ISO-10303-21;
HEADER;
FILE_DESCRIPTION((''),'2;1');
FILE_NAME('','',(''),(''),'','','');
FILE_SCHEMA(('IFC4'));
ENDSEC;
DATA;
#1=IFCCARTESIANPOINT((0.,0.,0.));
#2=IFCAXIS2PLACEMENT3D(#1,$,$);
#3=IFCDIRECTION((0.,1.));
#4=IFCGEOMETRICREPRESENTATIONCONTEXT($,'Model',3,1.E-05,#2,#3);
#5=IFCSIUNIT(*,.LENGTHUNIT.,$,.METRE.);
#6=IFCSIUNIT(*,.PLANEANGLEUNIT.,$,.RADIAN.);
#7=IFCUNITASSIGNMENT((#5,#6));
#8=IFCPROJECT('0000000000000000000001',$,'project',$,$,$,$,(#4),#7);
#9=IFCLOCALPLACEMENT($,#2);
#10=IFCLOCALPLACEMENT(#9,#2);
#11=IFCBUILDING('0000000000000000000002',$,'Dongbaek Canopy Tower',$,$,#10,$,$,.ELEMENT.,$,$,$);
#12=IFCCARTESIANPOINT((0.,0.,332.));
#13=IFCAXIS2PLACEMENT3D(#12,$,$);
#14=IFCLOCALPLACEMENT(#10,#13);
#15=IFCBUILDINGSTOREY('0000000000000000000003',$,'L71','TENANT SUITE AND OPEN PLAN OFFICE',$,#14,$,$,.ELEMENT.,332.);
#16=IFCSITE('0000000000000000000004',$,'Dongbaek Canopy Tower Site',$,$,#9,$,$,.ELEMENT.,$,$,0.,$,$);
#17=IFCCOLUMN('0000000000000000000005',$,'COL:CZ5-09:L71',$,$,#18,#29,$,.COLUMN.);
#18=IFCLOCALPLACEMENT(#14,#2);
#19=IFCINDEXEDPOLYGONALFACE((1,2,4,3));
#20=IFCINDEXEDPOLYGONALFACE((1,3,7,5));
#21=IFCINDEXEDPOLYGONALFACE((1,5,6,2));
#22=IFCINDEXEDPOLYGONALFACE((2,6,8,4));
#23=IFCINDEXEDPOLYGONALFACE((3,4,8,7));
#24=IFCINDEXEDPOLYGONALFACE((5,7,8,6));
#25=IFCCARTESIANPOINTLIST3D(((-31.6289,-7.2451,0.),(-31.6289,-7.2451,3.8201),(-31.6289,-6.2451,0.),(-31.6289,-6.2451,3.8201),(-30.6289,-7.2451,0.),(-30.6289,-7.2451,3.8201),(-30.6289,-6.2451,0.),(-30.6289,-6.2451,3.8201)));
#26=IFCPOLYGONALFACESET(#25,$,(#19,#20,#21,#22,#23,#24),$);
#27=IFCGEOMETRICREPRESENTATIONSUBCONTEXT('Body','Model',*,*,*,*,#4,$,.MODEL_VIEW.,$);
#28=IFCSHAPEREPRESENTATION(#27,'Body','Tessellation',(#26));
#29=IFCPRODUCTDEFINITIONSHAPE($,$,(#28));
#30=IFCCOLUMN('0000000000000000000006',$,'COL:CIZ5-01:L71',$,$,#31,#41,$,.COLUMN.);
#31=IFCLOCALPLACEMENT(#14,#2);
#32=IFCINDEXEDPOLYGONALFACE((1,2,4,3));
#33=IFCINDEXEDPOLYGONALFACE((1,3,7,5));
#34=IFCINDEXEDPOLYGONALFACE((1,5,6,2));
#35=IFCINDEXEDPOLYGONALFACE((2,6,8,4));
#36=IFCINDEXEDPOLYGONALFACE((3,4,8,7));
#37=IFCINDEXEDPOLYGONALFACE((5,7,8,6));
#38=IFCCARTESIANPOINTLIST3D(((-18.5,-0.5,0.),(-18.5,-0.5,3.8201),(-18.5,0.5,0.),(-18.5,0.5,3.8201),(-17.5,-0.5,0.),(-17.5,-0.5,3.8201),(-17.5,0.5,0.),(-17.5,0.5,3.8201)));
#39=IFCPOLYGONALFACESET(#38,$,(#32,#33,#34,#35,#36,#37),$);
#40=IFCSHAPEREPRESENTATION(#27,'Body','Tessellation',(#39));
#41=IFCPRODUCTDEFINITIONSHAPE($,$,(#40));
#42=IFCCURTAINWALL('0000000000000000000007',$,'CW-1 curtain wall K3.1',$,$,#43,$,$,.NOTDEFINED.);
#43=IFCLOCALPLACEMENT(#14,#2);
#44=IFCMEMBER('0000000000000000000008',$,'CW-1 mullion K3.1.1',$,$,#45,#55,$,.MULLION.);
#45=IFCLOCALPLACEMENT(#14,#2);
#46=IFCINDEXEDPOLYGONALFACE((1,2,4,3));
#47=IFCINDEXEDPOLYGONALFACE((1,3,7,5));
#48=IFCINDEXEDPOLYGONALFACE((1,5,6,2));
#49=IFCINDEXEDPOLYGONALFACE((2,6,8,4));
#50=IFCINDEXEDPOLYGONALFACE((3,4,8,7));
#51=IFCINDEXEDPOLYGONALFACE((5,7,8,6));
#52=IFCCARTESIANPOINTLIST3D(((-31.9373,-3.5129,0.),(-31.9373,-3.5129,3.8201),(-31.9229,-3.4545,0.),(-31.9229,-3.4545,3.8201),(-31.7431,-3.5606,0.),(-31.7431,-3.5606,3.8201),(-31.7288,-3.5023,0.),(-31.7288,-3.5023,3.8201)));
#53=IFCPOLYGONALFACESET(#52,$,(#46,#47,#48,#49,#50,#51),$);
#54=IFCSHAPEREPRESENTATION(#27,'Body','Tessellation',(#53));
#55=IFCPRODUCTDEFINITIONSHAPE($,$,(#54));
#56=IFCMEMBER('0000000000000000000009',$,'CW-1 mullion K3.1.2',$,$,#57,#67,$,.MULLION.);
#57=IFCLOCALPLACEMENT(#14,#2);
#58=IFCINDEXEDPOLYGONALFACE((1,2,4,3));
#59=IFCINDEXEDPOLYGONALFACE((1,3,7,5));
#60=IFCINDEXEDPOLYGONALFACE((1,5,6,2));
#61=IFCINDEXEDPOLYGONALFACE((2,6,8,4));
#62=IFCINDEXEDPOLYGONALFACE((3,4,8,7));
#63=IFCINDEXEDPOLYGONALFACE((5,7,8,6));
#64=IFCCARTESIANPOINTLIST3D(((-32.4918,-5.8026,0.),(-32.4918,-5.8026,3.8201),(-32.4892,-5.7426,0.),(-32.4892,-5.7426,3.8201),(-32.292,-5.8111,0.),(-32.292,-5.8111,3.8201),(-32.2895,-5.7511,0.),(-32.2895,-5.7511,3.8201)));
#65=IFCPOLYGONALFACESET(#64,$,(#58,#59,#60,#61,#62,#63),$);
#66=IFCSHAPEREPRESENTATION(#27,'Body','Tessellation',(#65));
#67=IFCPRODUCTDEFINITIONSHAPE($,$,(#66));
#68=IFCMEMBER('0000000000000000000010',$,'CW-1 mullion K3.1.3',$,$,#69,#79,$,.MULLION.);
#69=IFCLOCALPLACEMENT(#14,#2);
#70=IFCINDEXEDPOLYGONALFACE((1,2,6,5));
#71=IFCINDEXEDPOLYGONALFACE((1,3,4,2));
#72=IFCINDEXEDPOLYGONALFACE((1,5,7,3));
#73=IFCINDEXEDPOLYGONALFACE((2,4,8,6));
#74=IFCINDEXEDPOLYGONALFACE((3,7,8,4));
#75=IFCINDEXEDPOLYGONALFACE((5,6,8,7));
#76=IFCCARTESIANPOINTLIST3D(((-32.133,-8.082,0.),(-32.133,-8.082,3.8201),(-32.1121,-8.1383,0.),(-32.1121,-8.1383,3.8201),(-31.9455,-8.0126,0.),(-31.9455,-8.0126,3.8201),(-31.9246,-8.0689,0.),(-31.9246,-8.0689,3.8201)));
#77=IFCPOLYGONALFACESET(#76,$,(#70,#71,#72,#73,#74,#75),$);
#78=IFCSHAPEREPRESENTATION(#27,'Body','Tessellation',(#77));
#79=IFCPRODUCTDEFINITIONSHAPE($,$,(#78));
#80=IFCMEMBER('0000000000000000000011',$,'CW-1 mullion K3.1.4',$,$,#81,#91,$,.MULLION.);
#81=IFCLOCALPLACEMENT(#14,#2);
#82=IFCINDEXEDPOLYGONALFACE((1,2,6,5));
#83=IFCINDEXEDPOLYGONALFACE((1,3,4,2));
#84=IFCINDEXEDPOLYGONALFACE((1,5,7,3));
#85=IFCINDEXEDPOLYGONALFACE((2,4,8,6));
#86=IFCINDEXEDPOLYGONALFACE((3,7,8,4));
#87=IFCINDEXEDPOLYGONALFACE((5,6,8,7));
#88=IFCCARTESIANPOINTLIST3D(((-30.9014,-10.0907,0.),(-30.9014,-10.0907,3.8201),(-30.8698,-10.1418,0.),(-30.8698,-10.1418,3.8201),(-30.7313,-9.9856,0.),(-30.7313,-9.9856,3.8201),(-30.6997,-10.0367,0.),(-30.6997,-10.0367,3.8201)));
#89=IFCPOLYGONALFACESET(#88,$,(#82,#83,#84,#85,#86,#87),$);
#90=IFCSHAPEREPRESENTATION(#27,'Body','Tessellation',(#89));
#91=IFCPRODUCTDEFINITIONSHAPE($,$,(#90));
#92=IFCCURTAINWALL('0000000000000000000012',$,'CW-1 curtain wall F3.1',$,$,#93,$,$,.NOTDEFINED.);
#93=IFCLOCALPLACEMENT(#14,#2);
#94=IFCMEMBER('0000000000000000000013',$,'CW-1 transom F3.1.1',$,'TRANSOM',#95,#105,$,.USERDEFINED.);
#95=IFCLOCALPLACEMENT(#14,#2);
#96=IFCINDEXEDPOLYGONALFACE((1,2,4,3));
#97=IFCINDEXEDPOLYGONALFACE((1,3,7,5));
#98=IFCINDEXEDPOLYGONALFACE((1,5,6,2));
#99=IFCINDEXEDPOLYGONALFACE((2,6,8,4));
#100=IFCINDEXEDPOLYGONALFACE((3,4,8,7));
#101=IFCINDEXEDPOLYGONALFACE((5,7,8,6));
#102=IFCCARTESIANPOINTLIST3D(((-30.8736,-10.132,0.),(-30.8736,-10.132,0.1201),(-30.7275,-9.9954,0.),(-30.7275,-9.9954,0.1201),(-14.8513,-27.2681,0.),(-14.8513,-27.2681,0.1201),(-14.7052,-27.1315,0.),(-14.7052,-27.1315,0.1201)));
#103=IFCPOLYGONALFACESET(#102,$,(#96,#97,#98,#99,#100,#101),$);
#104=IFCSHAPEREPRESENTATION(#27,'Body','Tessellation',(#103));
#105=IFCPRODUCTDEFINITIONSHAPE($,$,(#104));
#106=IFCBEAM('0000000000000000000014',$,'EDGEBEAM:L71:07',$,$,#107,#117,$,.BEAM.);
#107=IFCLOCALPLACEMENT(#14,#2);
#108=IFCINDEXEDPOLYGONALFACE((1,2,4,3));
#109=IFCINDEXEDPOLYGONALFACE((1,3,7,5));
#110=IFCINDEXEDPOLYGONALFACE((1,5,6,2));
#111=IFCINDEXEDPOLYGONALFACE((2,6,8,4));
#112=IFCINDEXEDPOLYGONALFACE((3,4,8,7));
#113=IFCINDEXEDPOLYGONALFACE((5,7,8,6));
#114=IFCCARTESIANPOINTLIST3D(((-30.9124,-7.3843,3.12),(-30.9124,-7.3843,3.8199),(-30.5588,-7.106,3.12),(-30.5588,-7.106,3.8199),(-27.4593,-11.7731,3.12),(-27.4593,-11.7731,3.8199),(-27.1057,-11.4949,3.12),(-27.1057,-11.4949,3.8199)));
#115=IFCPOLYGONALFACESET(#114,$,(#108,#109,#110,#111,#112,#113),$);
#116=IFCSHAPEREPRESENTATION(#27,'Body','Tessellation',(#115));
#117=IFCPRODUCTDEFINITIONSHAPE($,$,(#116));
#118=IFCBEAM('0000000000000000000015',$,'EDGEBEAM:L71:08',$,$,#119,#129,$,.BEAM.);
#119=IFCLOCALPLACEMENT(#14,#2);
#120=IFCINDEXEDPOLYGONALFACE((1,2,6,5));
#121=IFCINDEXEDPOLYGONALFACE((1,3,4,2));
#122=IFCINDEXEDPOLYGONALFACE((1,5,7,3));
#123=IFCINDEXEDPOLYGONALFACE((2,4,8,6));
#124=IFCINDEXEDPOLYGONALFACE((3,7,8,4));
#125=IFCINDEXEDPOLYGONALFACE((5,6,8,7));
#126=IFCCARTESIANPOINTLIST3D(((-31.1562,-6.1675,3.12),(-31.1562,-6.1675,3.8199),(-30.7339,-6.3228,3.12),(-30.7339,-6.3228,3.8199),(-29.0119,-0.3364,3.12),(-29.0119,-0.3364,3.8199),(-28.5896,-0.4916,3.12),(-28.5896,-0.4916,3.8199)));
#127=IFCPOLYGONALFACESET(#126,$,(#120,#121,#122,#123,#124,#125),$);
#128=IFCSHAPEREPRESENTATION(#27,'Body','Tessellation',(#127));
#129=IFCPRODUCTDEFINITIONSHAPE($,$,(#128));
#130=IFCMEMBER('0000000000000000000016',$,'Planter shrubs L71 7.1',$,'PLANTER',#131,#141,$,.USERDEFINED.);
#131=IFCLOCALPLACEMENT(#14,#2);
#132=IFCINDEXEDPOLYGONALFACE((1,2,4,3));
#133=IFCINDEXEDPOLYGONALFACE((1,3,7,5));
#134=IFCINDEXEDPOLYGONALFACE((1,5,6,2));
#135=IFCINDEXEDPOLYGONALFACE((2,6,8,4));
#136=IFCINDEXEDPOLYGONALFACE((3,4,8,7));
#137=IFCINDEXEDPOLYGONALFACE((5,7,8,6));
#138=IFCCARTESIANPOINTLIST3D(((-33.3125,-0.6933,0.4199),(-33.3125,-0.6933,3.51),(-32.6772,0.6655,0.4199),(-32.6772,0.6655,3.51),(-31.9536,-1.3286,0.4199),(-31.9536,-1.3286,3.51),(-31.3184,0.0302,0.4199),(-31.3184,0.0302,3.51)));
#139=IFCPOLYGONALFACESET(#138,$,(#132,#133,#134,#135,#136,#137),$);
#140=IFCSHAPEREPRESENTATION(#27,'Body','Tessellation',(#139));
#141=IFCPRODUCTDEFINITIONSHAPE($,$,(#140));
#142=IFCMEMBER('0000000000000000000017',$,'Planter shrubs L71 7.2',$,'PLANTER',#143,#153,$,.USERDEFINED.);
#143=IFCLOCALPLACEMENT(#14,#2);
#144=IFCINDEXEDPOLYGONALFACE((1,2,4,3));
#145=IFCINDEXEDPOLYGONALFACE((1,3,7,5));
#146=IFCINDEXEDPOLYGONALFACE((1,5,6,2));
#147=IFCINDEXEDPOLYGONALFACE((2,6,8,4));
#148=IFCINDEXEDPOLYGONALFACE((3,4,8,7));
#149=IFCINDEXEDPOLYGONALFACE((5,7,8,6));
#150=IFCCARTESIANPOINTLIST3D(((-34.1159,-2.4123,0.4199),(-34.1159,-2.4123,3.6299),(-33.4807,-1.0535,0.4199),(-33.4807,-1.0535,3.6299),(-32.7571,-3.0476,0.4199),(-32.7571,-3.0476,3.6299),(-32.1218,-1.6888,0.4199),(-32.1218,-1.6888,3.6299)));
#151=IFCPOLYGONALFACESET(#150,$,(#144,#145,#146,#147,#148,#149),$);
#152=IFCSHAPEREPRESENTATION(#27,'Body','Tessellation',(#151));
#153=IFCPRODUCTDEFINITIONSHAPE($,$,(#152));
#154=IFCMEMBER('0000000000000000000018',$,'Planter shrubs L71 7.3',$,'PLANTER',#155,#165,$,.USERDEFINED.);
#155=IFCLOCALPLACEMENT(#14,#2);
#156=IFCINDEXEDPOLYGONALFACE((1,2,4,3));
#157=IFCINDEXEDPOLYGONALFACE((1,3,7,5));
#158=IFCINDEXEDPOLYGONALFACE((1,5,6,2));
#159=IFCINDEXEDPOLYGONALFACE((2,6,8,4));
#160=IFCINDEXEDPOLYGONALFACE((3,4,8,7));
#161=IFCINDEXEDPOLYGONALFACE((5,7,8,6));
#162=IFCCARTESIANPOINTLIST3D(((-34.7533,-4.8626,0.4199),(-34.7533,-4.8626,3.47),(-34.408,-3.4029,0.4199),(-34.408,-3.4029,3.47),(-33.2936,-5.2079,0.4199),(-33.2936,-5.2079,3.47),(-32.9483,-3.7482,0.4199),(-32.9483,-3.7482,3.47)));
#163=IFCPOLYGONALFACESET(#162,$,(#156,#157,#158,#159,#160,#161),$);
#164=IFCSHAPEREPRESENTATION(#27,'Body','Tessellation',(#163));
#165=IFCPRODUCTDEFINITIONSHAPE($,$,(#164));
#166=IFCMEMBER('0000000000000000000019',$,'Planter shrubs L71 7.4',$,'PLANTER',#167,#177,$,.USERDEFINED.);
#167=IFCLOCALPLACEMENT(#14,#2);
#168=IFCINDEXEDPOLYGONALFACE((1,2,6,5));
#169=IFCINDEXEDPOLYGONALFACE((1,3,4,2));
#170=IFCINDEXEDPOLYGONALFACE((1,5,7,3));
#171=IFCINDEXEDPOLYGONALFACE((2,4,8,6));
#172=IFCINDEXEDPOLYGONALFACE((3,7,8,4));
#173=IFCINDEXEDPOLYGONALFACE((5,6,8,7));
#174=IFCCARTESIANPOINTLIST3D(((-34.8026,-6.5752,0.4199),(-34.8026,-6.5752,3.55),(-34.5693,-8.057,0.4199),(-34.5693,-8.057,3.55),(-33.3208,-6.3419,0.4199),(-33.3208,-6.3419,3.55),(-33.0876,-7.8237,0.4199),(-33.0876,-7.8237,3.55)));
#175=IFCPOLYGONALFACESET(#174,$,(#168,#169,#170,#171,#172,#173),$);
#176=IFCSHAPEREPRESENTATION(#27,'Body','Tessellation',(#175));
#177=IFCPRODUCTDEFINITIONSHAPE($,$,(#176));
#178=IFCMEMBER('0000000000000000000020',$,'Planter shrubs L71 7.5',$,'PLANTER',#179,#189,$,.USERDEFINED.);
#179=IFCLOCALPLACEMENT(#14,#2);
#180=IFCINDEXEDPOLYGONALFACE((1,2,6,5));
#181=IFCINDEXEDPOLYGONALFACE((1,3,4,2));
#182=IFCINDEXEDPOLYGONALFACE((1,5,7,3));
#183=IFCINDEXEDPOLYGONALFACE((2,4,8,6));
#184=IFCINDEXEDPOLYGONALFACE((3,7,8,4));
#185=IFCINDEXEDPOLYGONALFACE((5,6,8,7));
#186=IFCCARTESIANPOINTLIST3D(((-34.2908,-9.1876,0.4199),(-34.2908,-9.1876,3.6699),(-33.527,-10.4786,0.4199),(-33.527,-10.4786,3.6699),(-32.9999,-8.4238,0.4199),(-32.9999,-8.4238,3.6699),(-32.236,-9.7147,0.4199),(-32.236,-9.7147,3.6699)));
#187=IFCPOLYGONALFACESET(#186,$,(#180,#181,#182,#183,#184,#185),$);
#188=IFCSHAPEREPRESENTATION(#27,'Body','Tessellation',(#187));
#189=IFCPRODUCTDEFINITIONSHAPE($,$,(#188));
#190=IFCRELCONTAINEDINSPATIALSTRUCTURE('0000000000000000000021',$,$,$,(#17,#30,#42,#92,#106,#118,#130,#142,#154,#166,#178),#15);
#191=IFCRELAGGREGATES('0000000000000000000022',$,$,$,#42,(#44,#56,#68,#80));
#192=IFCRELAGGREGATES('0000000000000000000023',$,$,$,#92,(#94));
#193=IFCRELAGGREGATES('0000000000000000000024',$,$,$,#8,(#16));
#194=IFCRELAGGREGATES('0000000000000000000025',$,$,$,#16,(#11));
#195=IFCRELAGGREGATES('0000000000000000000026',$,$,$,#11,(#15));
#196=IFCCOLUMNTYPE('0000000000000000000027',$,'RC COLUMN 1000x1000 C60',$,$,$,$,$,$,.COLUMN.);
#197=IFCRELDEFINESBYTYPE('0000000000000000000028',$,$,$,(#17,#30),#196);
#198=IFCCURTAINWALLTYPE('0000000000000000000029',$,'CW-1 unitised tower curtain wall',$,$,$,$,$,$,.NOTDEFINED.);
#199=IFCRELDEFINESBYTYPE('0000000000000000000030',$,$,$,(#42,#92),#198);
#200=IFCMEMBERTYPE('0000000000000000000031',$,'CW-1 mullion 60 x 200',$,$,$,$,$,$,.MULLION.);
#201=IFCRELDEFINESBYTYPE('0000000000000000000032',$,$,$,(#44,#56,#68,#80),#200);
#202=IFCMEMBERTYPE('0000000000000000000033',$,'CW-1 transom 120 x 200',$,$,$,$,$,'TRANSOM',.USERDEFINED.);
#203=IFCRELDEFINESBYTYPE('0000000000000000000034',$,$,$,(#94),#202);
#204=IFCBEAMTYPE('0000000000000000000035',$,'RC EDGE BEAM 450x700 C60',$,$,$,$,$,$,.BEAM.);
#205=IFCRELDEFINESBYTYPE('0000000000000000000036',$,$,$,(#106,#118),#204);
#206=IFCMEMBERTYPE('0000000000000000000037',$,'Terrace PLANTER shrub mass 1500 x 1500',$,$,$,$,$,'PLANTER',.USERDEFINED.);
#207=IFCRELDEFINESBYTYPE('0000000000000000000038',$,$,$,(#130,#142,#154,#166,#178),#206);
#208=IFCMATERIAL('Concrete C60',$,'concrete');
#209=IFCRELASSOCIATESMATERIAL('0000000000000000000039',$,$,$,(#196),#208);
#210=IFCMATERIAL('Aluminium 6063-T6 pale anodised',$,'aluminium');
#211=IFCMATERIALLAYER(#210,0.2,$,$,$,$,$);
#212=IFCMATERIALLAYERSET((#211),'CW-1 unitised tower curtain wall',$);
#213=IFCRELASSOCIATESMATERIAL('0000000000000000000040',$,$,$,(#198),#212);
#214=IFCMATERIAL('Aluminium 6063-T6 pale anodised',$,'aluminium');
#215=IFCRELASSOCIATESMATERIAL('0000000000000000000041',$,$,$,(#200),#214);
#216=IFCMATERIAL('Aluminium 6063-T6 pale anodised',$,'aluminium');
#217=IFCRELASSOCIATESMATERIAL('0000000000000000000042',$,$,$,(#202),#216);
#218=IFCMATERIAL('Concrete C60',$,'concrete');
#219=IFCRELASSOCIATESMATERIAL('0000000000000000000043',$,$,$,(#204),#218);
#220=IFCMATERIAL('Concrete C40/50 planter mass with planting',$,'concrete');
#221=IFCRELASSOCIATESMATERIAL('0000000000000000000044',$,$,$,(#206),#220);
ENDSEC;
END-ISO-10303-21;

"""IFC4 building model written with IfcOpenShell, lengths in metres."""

from ifc_helpers import new_model, si_unit, direction, frame, origin, origin_2d, place, context, subcontext, project, spatial, rectangle, extrude, material, layer, layer_set, material_profile, profile_set, type_object, element, aggregate, save


model = new_model("IFC4")

# Units and contexts
model_context = context("Model", 3, precision=1e-05, world=origin(), true_north=direction((0.0, 1.0)))
body_context = subcontext(model_context, "Body", "Model", "MODEL_VIEW")
ifc_project = project(units=[si_unit("LENGTHUNIT", "METRE"), si_unit("PLANEANGLEUNIT", "RADIAN")], contexts=[model_context])

# Site, building, storey
site_placement = place(None, origin())
site = spatial("IfcSite", under=ifc_project, at=site_placement, Name="Dongbaek Canopy Tower Site", CompositionType="ELEMENT", RefElevation=0.0)
building_placement = place(site_placement, origin())
building = spatial("IfcBuilding", under=site, at=building_placement, Name="Dongbaek Canopy Tower", CompositionType="ELEMENT")
storey_placement = place(building_placement, frame((0.0, 0.0, 332.0)))
storey = spatial("IfcBuildingStorey", under=building, at=storey_placement, Name="L71", Description="TENANT SUITE AND OPEN PLAN OFFICE", CompositionType="ELEMENT", Elevation=332.0)

# Columns
ifc_material_1 = material(Name="Concrete C60", Category="concrete")
ifc_material_profile_1 = material_profile(ifc_material_1, rectangle(XDim=1.0, YDim=1.0, at=origin_2d()), Name="RC COLUMN 1000x1000 C60")
ifc_profile_set_1 = profile_set([ifc_material_profile_1], Name="Concrete C60")
column_type = type_object("IfcColumnType", Name="RC COLUMN 1000x1000 C60", PredefinedType="COLUMN", material=ifc_profile_set_1)
for number, where, z_axis, x_axis, name in (
    (1, (-31.1289, -6.7451, 0.0), (0.0, 0.0, 1.0), (1.0, 0.0, 0.0), "COL:CZ5-09:L71"),
    (2, (-18.0, 0.0, 0.0), (0.0, 0.0, 1.0), (1.0, 0.0, 0.0), "COL:CIZ5-01:L71"),
):
    element("IfcColumn", number, at=place(storey_placement, frame(where, z_axis=z_axis, x_axis=x_axis)), inside=storey, type_object=column_type, Name=name, PredefinedType="COLUMN", context=body_context, shape_type="SweptSolid", body=[
        extrude(rectangle(XDim=1.0, YDim=1.0, at=origin_2d()), origin(), (0.0, 0.0, 1.0), 3.8201),
    ])

# Curtain wall, members
ifc_material_2 = material(Name="Aluminium 6063-T6 pale anodised", Category="aluminium")
ifc_layer_1 = layer(ifc_material_2, 0.2)
ifc_layer_set_1 = layer_set([ifc_layer_1], Name="CW-1 unitised tower curtain wall")
curtain_wall_type = type_object("IfcCurtainWallType", Name="CW-1 unitised tower curtain wall", PredefinedType="NOTDEFINED", material=ifc_layer_set_1)
curtain_wall_1_placement = place(storey_placement, origin())
curtain_wall_1 = element("IfcCurtainWall", 3, at=curtain_wall_1_placement, inside=storey, type_object=curtain_wall_type, Name="CW-1 curtain wall K3.1", PredefinedType="NOTDEFINED")
ifc_material_3 = material(Name="Aluminium 6063-T6 pale anodised", Category="aluminium")
ifc_material_profile_2 = material_profile(ifc_material_3, rectangle(XDim=0.2, YDim=0.0601, at=origin_2d()), Name="CW-1 mullion 60 x 200")
ifc_profile_set_2 = profile_set([ifc_material_profile_2], Name="Aluminium 6063-T6 pale anodised")
member_type_1 = type_object("IfcMemberType", Name="CW-1 mullion 60 x 200", PredefinedType="MULLION", material=ifc_profile_set_2)
member_1_placement = place(storey_placement, frame((-31.833, -3.5076, 0.0), z_axis=(0.0, 0.0, 1.0), x_axis=(-0.97111, 0.238632, 0.0)))
member_1 = element("IfcMember", 4, at=member_1_placement, type_object=member_type_1, Name="CW-1 mullion K3.1.1", PredefinedType="MULLION", context=body_context, shape_type="SweptSolid", body=[
    extrude(rectangle(XDim=0.2, YDim=0.0601, at=origin_2d()), origin(), (0.0, 0.0, 1.0), 3.8201),
])
member_2_placement = place(storey_placement, frame((-32.3906, -5.7769, 0.0), z_axis=(0.0, 0.0, 1.0), x_axis=(-0.999101, 0.042386, 0.0)))
member_2 = element("IfcMember", 5, at=member_2_placement, type_object=member_type_1, Name="CW-1 mullion K3.1.2", PredefinedType="MULLION", context=body_context, shape_type="SweptSolid", body=[
    extrude(rectangle(XDim=0.2, YDim=0.0601, at=origin_2d()), origin(), (0.0, 0.0, 1.0), 3.8201),
])
member_3_placement = place(storey_placement, frame((-32.0288, -8.0754, 0.0), z_axis=(0.0, 0.0, 1.0), x_axis=(-0.937745, -0.347325, 0.0)))
member_3 = element("IfcMember", 6, at=member_3_placement, type_object=member_type_1, Name="CW-1 mullion K3.1.3", PredefinedType="MULLION", context=body_context, shape_type="SweptSolid", body=[
    extrude(rectangle(XDim=0.2, YDim=0.0601, at=origin_2d()), origin(), (0.0, 0.0, 1.0), 3.8201),
])
member_4_placement = place(storey_placement, frame((-30.8005, -10.0637, 0.0), z_axis=(0.0, 0.0, 1.0), x_axis=(-0.850808, -0.525476, 0.0)))
member_4 = element("IfcMember", 7, at=member_4_placement, type_object=member_type_1, Name="CW-1 mullion K3.1.4", PredefinedType="MULLION", context=body_context, shape_type="SweptSolid", body=[
    extrude(rectangle(XDim=0.2, YDim=0.0601, at=origin_2d()), origin(), (0.0, 0.0, 1.0), 3.8201),
])

# Curtain wall, member
curtain_wall_2_placement = place(storey_placement, origin())
curtain_wall_2 = element("IfcCurtainWall", 8, at=curtain_wall_2_placement, inside=storey, type_object=curtain_wall_type, Name="CW-1 curtain wall F3.1", PredefinedType="NOTDEFINED")
ifc_material_4 = material(Name="Aluminium 6063-T6 pale anodised", Category="aluminium")
ifc_material_profile_3 = material_profile(ifc_material_4, rectangle(XDim=0.2, YDim=0.1201, at=origin_2d()), Name="CW-1 transom 120 x 200")
ifc_profile_set_3 = profile_set([ifc_material_profile_3], Name="Aluminium 6063-T6 pale anodised")
member_type_2 = type_object("IfcMemberType", Name="CW-1 transom 120 x 200", ElementType="TRANSOM", PredefinedType="USERDEFINED", material=ifc_profile_set_3)
member_5_placement = place(storey_placement, frame((-30.8005, -10.0637, 0.0601), z_axis=(0.68297, -0.730446, 0.0), x_axis=(0.730446, 0.68297, 0.0)))
member_5 = element("IfcMember", 9, at=member_5_placement, type_object=member_type_2, Name="CW-1 transom F3.1.1", ObjectType="TRANSOM", PredefinedType="USERDEFINED", context=body_context, shape_type="SweptSolid", body=[
    extrude(rectangle(XDim=0.2, YDim=0.1201, at=origin_2d()), origin(), (0.0, 0.0, 1.0), 23.4597),
])

# Beams
ifc_material_5 = material(Name="Concrete C60", Category="concrete")
ifc_material_profile_4 = material_profile(ifc_material_5, rectangle(XDim=0.45, YDim=0.7, at=origin_2d()), Name="RC EDGE BEAM 450x700 C60")
ifc_profile_set_4 = profile_set([ifc_material_profile_4], Name="Concrete C60")
beam_type = type_object("IfcBeamType", Name="RC EDGE BEAM 450x700 C60", PredefinedType="BEAM", material=ifc_profile_set_4)
beam_1_placement = place(storey_placement, frame((-27.2825, -11.634, 3.47), z_axis=(-0.618341, 0.78591, 0.0), x_axis=(-0.78591, -0.618341, 0.0)))
element("IfcBeam", 10, at=beam_1_placement, inside=storey, type_object=beam_type, Name="EDGEBEAM:L71:07", PredefinedType="BEAM", context=body_context, shape_type="SweptSolid", body=[
    extrude(rectangle(XDim=0.45, YDim=0.7, at=origin_2d()), origin(), (0.0, 0.0, 1.0), 5.5845),
])
beam_2_placement = place(storey_placement, frame((-30.9451, -6.2451, 3.47), z_axis=(0.345139, 0.938552, 0.0), x_axis=(-0.938552, 0.345139, 0.0)))
element("IfcBeam", 11, at=beam_2_placement, inside=storey, type_object=beam_type, Name="EDGEBEAM:L71:08", PredefinedType="BEAM", context=body_context, shape_type="SweptSolid", body=[
    extrude(rectangle(XDim=0.45, YDim=0.7, at=origin_2d()), origin(), (0.0, 0.0, 1.0), 6.2129),
])

# Members
ifc_material_6 = material(Name="Concrete C40/50 planter mass with planting", Category="concrete")
ifc_material_profile_5 = material_profile(ifc_material_6, rectangle(XDim=1.5, YDim=1.5, at=origin_2d()), Name="Terrace PLANTER shrub mass 1500 x 1500")
ifc_profile_set_5 = profile_set([ifc_material_profile_5], Name="Concrete C40/50 planter mass with planting")
member_type_3 = type_object("IfcMemberType", Name="Terrace PLANTER shrub mass 1500 x 1500", ElementType="PLANTER", PredefinedType="USERDEFINED", material=ifc_profile_set_5)
member_6_placement = place(storey_placement, frame((-32.3154, -0.3315, 0.4199), z_axis=(0.0, 0.0, 1.0), x_axis=(-0.905889, 0.423515, 0.0)))
element("IfcMember", 12, at=member_6_placement, inside=storey, type_object=member_type_3, Name="Planter shrubs L71 7.1", ObjectType="PLANTER", PredefinedType="USERDEFINED", context=body_context, shape_type="SweptSolid", body=[
    extrude(rectangle(XDim=1.5, YDim=1.5, at=origin_2d()), origin(), (0.0, 0.0, 1.0), 3.0901),
])
member_7_placement = place(storey_placement, frame((-33.1189, -2.0505, 0.4199), z_axis=(0.0, 0.0, 1.0), x_axis=(-0.905889, 0.423515, 0.0)))
element("IfcMember", 13, at=member_7_placement, inside=storey, type_object=member_type_3, Name="Planter shrubs L71 7.2", ObjectType="PLANTER", PredefinedType="USERDEFINED", context=body_context, shape_type="SweptSolid", body=[
    extrude(rectangle(XDim=1.5, YDim=1.5, at=origin_2d()), origin(), (0.0, 0.0, 1.0), 3.21),
])
member_8_placement = place(storey_placement, frame((-33.8508, -4.3054, 0.4199), z_axis=(0.0, 0.0, 1.0), x_axis=(-0.973144, 0.230198, 0.0)))
element("IfcMember", 14, at=member_8_placement, inside=storey, type_object=member_type_3, Name="Planter shrubs L71 7.3", ObjectType="PLANTER", PredefinedType="USERDEFINED", context=body_context, shape_type="SweptSolid", body=[
    extrude(rectangle(XDim=1.5, YDim=1.5, at=origin_2d()), origin(), (0.0, 0.0, 1.0), 3.05),
])
member_9_placement = place(storey_placement, frame((-33.9451, -7.1995, 0.4199), z_axis=(0.0, 0.0, 1.0), x_axis=(-0.987832, -0.155525, 0.0)))
element("IfcMember", 15, at=member_9_placement, inside=storey, type_object=member_type_3, Name="Planter shrubs L71 7.4", ObjectType="PLANTER", PredefinedType="USERDEFINED", context=body_context, shape_type="SweptSolid", body=[
    extrude(rectangle(XDim=1.5, YDim=1.5, at=origin_2d()), origin(), (0.0, 0.0, 1.0), 3.1301),
])
member_10_placement = place(storey_placement, frame((-33.2634, -9.4512, 0.4199), z_axis=(0.0, 0.0, 1.0), x_axis=(-0.860622, -0.509245, 0.0)))
element("IfcMember", 16, at=member_10_placement, inside=storey, type_object=member_type_3, Name="Planter shrubs L71 7.5", ObjectType="PLANTER", PredefinedType="USERDEFINED", context=body_context, shape_type="SweptSolid", body=[
    extrude(rectangle(XDim=1.5, YDim=1.5, at=origin_2d()), origin(), (0.0, 0.0, 1.0), 3.25),
])

aggregate(curtain_wall_1, [member_1, member_2, member_3, member_4])

aggregate(curtain_wall_2, [member_5])

save(model, "model.ifc")
